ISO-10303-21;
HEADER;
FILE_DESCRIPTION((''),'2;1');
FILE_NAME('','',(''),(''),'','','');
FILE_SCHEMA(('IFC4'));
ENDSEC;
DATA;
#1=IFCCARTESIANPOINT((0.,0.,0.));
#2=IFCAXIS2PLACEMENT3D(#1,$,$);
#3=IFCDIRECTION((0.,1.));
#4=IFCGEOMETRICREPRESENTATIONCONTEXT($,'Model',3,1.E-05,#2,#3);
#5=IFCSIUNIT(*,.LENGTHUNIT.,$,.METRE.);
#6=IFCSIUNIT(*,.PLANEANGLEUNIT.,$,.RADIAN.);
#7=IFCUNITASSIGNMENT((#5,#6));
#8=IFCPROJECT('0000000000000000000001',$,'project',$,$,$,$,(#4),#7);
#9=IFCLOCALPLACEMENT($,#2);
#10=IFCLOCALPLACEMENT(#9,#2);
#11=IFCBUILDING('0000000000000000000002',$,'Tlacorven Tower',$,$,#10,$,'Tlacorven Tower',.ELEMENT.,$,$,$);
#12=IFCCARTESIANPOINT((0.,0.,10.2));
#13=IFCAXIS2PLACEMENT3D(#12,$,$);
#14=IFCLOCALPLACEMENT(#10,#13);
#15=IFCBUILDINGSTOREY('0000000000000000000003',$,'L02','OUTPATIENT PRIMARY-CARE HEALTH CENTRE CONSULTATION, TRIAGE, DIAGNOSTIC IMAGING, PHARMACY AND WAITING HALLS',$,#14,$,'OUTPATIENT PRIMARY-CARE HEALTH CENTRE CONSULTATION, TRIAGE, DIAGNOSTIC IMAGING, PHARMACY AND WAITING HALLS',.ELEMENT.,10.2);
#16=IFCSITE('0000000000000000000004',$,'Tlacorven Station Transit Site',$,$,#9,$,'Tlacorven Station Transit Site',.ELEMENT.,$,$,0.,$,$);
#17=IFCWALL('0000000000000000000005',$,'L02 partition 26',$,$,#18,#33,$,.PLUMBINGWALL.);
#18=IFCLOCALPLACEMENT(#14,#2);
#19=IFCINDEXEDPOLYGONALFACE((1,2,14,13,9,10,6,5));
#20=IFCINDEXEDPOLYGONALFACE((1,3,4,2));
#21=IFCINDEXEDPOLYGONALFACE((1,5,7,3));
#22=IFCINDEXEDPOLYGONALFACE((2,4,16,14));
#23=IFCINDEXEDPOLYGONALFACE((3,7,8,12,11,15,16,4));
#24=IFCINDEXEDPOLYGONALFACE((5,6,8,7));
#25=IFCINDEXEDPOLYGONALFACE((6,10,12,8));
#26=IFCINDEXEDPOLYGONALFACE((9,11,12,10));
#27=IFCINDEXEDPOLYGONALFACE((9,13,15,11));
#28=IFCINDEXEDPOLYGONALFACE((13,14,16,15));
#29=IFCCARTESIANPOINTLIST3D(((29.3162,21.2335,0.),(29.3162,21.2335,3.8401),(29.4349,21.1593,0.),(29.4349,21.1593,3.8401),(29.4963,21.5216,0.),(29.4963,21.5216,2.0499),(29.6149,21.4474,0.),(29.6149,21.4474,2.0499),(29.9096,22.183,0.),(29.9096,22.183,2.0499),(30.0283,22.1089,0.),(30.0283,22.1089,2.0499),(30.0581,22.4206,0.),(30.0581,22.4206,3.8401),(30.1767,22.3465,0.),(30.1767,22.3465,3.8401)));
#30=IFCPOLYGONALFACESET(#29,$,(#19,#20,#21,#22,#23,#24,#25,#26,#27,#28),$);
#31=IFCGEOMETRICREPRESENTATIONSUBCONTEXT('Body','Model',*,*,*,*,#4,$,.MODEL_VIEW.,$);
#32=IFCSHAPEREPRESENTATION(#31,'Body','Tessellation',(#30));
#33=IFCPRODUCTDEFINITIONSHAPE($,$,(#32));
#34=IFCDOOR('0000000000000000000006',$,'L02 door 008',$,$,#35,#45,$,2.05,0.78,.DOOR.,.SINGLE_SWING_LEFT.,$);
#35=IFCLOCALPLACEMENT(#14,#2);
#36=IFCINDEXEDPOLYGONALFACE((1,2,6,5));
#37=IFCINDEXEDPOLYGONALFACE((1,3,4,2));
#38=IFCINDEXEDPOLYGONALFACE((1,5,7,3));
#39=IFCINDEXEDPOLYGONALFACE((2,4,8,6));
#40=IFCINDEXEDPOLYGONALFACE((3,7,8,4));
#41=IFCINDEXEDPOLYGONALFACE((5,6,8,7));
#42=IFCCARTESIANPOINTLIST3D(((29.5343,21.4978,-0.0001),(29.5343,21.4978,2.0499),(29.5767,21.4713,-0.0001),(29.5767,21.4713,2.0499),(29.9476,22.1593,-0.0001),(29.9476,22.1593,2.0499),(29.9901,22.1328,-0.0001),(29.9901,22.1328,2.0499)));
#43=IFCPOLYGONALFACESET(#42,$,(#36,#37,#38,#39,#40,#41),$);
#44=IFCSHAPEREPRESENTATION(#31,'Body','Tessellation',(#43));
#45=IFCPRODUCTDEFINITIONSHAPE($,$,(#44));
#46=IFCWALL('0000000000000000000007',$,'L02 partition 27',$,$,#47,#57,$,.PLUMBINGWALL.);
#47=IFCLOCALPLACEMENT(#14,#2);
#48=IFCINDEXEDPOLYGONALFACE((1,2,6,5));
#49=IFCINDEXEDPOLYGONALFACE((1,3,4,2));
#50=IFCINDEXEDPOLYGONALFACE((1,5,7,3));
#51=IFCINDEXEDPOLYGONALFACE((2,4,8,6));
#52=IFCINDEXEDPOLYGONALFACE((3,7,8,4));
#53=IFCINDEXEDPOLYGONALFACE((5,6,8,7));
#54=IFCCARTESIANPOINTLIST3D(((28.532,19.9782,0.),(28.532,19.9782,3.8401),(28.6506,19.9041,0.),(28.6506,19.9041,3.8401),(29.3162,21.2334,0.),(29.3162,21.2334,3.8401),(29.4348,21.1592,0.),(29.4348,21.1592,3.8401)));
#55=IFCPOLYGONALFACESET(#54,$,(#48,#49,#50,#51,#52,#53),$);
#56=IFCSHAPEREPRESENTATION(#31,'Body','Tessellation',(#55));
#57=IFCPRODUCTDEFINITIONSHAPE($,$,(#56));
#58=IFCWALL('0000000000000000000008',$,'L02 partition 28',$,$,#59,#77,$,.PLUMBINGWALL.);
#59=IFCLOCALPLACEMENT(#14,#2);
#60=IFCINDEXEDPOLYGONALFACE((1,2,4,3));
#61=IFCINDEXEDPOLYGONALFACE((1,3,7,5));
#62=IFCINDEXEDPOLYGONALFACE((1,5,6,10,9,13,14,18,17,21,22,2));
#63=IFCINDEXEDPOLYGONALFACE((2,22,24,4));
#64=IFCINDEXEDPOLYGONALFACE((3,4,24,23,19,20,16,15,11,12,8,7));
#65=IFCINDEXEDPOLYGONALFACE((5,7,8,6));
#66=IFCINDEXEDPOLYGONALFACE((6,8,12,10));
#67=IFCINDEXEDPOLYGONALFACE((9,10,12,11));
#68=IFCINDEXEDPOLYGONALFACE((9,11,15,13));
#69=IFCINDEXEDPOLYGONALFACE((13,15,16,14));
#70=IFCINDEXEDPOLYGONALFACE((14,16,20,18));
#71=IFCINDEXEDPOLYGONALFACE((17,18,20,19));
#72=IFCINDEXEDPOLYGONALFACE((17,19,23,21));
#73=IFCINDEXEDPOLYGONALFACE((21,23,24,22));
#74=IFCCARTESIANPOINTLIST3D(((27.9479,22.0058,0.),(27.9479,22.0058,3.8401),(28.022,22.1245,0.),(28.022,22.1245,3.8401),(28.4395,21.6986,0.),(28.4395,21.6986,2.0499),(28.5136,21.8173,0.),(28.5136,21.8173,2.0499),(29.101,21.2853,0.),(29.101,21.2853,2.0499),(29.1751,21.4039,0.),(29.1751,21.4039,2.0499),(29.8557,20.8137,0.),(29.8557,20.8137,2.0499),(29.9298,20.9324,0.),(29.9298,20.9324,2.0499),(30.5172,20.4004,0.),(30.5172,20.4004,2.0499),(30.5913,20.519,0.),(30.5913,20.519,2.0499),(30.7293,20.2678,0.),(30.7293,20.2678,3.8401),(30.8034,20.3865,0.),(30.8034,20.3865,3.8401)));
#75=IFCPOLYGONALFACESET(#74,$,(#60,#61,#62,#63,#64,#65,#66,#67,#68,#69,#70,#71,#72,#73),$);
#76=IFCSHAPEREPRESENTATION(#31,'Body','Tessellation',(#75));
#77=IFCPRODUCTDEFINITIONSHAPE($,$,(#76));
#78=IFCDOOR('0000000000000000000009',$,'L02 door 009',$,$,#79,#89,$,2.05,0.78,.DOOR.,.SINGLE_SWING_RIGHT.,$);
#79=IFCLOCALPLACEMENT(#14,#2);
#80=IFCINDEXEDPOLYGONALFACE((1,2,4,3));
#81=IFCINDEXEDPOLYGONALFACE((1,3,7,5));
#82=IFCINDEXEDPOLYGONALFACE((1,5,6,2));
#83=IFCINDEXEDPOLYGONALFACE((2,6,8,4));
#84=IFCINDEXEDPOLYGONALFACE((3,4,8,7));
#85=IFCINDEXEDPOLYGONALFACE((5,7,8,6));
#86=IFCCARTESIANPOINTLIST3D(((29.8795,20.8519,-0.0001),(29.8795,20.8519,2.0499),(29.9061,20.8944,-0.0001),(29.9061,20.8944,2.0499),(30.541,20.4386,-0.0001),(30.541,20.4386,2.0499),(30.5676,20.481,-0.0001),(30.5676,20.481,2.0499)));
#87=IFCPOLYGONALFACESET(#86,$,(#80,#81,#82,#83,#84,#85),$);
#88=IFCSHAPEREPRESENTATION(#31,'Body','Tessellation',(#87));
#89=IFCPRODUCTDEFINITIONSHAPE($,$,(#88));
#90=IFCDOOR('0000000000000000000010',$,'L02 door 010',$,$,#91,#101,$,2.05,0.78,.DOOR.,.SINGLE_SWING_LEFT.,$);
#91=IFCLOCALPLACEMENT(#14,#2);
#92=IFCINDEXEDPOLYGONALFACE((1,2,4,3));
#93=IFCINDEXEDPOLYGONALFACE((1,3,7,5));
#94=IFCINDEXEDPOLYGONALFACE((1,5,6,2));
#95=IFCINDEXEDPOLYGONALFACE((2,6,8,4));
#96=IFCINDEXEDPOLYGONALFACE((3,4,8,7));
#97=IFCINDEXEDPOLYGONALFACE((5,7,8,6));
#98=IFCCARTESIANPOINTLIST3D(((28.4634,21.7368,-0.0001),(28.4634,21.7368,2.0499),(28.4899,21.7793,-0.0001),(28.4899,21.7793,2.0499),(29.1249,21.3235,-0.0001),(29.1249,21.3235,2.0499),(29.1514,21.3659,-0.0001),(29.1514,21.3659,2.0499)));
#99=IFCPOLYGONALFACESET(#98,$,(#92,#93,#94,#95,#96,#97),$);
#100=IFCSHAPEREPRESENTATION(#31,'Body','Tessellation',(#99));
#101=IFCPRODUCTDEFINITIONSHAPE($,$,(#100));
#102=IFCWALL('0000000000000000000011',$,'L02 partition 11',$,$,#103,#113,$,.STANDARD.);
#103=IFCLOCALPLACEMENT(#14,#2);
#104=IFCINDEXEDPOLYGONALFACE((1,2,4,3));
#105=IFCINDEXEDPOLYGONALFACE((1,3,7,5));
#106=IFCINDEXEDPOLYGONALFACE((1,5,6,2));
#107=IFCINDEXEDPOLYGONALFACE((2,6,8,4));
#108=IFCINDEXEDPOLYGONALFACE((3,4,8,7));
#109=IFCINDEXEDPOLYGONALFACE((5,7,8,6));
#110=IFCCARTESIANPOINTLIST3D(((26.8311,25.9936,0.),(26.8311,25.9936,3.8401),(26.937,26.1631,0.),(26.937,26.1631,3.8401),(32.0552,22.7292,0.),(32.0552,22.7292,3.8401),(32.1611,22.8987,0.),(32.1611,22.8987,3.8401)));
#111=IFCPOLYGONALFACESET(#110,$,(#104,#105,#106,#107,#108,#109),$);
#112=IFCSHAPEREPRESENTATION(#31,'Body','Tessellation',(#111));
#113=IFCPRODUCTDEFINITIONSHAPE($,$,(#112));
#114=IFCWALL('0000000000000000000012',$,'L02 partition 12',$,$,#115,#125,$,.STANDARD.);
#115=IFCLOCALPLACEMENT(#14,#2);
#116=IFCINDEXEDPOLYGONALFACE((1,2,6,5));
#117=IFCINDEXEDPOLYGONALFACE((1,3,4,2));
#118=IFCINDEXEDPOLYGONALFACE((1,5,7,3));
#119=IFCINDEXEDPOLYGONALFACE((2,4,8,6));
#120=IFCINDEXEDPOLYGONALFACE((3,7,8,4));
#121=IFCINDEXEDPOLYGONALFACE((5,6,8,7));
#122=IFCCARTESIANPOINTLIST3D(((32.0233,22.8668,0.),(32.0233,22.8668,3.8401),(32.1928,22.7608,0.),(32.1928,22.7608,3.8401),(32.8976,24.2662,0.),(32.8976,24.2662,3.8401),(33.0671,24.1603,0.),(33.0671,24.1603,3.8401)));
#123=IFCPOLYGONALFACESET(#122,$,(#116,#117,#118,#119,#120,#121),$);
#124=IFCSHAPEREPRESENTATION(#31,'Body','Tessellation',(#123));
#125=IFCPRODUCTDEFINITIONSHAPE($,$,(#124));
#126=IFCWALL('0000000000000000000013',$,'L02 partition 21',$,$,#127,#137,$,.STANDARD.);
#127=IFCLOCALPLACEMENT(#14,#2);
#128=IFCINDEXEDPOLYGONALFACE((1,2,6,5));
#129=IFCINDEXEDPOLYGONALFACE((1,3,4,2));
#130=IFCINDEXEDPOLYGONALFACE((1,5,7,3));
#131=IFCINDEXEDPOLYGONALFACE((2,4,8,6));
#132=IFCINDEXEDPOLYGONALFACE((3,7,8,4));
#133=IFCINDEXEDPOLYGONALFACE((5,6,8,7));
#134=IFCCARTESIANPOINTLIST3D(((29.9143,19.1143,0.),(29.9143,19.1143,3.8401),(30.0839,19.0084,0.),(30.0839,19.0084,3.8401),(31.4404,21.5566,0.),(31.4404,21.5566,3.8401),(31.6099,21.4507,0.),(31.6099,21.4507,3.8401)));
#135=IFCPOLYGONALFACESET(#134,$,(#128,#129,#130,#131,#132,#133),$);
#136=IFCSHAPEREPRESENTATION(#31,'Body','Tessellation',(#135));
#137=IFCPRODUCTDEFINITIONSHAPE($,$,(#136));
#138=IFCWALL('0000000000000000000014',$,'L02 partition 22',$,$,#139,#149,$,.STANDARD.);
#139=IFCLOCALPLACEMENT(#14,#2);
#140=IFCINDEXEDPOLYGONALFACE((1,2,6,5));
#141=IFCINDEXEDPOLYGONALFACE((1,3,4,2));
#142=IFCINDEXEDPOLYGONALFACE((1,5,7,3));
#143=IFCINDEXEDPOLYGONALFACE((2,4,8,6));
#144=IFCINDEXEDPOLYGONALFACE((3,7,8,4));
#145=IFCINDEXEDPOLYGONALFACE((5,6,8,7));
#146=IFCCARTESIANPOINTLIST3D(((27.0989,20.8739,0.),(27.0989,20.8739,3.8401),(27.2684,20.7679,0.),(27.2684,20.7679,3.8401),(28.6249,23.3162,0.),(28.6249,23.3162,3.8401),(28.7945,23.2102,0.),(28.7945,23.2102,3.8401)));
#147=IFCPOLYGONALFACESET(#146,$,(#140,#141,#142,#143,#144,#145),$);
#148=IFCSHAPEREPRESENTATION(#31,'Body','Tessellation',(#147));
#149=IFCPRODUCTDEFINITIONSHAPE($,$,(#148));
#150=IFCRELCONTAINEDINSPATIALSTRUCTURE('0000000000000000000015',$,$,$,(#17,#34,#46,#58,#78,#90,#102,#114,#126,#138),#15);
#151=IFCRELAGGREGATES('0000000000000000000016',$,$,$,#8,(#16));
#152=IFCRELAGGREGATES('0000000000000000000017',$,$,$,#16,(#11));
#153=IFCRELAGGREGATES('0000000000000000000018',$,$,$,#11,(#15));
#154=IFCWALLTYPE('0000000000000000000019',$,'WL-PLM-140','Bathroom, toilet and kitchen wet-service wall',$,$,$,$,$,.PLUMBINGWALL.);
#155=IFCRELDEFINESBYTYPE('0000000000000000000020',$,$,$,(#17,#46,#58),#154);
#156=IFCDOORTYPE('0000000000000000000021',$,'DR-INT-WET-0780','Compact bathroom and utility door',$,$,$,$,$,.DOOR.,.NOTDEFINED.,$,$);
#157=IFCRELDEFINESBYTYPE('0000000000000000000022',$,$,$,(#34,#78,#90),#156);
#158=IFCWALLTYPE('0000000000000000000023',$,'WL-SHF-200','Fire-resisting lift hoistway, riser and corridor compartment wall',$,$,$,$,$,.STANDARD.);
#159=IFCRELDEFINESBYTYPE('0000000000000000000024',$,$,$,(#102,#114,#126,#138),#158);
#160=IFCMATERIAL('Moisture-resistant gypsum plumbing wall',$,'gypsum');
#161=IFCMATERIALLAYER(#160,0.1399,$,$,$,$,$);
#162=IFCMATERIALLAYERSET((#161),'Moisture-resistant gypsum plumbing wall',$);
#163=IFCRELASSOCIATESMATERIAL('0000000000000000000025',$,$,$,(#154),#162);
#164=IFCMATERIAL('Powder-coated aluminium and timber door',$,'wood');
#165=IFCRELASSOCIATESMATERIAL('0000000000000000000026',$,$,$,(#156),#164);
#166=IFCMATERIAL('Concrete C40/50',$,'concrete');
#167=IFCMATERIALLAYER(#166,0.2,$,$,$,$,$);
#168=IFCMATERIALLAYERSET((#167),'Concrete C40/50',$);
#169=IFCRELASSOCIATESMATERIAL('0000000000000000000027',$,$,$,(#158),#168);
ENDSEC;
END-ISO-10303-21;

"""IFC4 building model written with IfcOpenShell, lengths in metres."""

from ifc_helpers import new_model, si_unit, direction, frame, frame_2d, origin, place, context, subcontext, project, spatial, rectangle, extrude, source, transform, mapped, material, layer, layer_set, type_object, element, fill, save


model = new_model("IFC4")

# Units and contexts
model_context = context("Model", 3, precision=1e-05, world=origin(), true_north=direction((0.0, 1.0)))
body_context = subcontext(model_context, "Body", "Model", "MODEL_VIEW")
ifc_project = project(units=[si_unit("LENGTHUNIT", "METRE"), si_unit("PLANEANGLEUNIT", "RADIAN")], contexts=[model_context])

# Site, building, storey
site_placement = place(None, origin())
site = spatial("IfcSite", under=ifc_project, at=site_placement, Name="Tlacorven Station Transit Site", LongName="Tlacorven Station Transit Site", CompositionType="ELEMENT", RefElevation=0.0)
building_placement = place(site_placement, origin())
building = spatial("IfcBuilding", under=site, at=building_placement, Name="Tlacorven Tower", LongName="Tlacorven Tower", CompositionType="ELEMENT")
storey_placement = place(building_placement, frame((0.0, 0.0, 10.2)))
storey = spatial("IfcBuildingStorey", under=building, at=storey_placement, Name="L02", Description="OUTPATIENT PRIMARY-CARE HEALTH CENTRE CONSULTATION, TRIAGE, DIAGNOSTIC IMAGING, PHARMACY AND WAITING HALLS", LongName="OUTPATIENT PRIMARY-CARE HEALTH CENTRE CONSULTATION, TRIAGE, DIAGNOSTIC IMAGING, PHARMACY AND WAITING HALLS", CompositionType="ELEMENT", Elevation=10.2)

# Wall, opening, door
ifc_material_1 = material(Name="Moisture-resistant gypsum plumbing wall", Category="gypsum")
ifc_layer_1 = layer(ifc_material_1, 0.1399)
ifc_layer_set_1 = layer_set([ifc_layer_1], Name="Moisture-resistant gypsum plumbing wall")
wall_type_1 = type_object("IfcWallType", Name="WL-PLM-140", Description="Bathroom, toilet and kitchen wet-service wall", PredefinedType="PLUMBINGWALL", material=ifc_layer_set_1)
wall_1_placement = place(storey_placement, frame((30.1174, 22.3835, 0.0), z_axis=(0.0, 0.0, 1.0), x_axis=(-0.529952, -0.848028, 0.0)))
wall_1 = element("IfcWall", 1, at=wall_1_placement, inside=storey, type_object=wall_type_1, Name="L02 partition 26", PredefinedType="PLUMBINGWALL", context=body_context, shape_type="SweptSolid", body=[
    extrude(rectangle(XDim=1.3999, YDim=0.1399, at=frame_2d((0.7, 0.0))), origin(), (0.0, 0.0, 1.0), 3.8401),
])
opening_1_placement = place(wall_1_placement, frame((0.28, 0.0, 0.0)))
opening_1 = element("IfcOpeningElement", 2, at=opening_1_placement, cuts=wall_1, PredefinedType="OPENING", context=body_context, shape_type="SweptSolid", body=[
    extrude(rectangle(XDim=0.78, YDim=2.05, at=frame_2d((0.3901, 1.0249))), frame((0.0, 0.0801, 0.0), z_axis=(0.0, -1.0, 0.0), x_axis=(1.0, 0.0, 0.0)), (0.0, 0.0, 1.0), 0.1599),
])
ifc_material_2 = material(Name="Powder-coated aluminium and timber door", Category="wood")
door_type_1 = type_object("IfcDoorType", Name="DR-INT-WET-0780", Description="Compact bathroom and utility door", OperationType="NOTDEFINED", PredefinedType="DOOR", material=ifc_material_2)
shared_shape_1 = source(origin(), body_context, "Body", "SweptSolid", [
    extrude(rectangle(XDim=0.78, YDim=2.05, at=frame_2d((0.3901, 1.0249))), frame((0.0, 0.0249, 0.0), z_axis=(0.0, -1.0, 0.0), x_axis=(1.0, 0.0, 0.0)), (0.0, 0.0, 1.0), 0.05),
])
door_1_placement = place(opening_1_placement, origin())
door_1 = element("IfcDoor", 3, at=door_1_placement, inside=storey, type_object=door_type_1, Name="L02 door 008", OperationType="SINGLE_SWING_LEFT", OverallHeight=2.05, OverallWidth=0.78, PredefinedType="DOOR", context=body_context, shape_type="MappedRepresentation", body=[
    mapped(shared_shape_1, transform((0.0, 0.0, 0.0), scale=1.0)),
])
fill(opening_1, door_1)

# Wall
wall_2_placement = place(storey_placement, frame((29.3755, 21.1963, 0.0), z_axis=(0.0, 0.0, 1.0), x_axis=(-0.529865, -0.848082, 0.0)))
element("IfcWall", 4, at=wall_2_placement, inside=storey, type_object=wall_type_1, Name="L02 partition 27", PredefinedType="PLUMBINGWALL", context=body_context, shape_type="SweptSolid", body=[
    extrude(rectangle(XDim=1.48, YDim=0.1399, at=frame_2d((0.74, 0.0))), origin(), (0.0, 0.0, 1.0), 3.8401),
])

# Wall, openings, doors
wall_3_placement = place(storey_placement, frame((30.7664, 20.3271, 0.0), z_axis=(0.0, 0.0, 1.0), x_axis=(-0.848053, 0.529912, 0.0)))
wall_3 = element("IfcWall", 5, at=wall_3_placement, inside=storey, type_object=wall_type_1, Name="L02 partition 28", PredefinedType="PLUMBINGWALL", context=body_context, shape_type="SweptSolid", body=[
    extrude(rectangle(XDim=3.2798, YDim=0.1399, at=frame_2d((1.6399, 0.0))), origin(), (0.0, 0.0, 1.0), 3.8401),
])
opening_2_placement = place(wall_3_placement, frame((0.25, 0.0, 0.0)))
opening_2 = element("IfcOpeningElement", 6, at=opening_2_placement, cuts=wall_3, PredefinedType="OPENING", context=body_context, shape_type="SweptSolid", body=[
    extrude(rectangle(XDim=0.78, YDim=2.05, at=frame_2d((0.3901, 1.0249))), frame((0.0, 0.0801, 0.0), z_axis=(0.0, -1.0, 0.0), x_axis=(1.0, 0.0, 0.0)), (0.0, 0.0, 1.0), 0.1599),
])
opening_3_placement = place(wall_3_placement, frame((1.9199, 0.0, 0.0)))
opening_3 = element("IfcOpeningElement", 7, at=opening_3_placement, cuts=wall_3, PredefinedType="OPENING", context=body_context, shape_type="SweptSolid", body=[
    extrude(rectangle(XDim=0.78, YDim=2.05, at=frame_2d((0.3901, 1.0249))), frame((0.0, 0.0801, 0.0), z_axis=(0.0, -1.0, 0.0), x_axis=(1.0, 0.0, 0.0)), (0.0, 0.0, 1.0), 0.1599),
])
door_2_placement = place(opening_2_placement, origin())
door_2 = element("IfcDoor", 8, at=door_2_placement, inside=storey, type_object=door_type_1, Name="L02 door 009", OperationType="SINGLE_SWING_RIGHT", OverallHeight=2.05, OverallWidth=0.78, PredefinedType="DOOR", context=body_context, shape_type="MappedRepresentation", body=[
    mapped(shared_shape_1, transform((0.0, 0.0, 0.0), scale=1.0)),
])
fill(opening_2, door_2)
door_3_placement = place(opening_3_placement, origin())
door_3 = element("IfcDoor", 9, at=door_3_placement, inside=storey, type_object=door_type_1, Name="L02 door 010", OperationType="SINGLE_SWING_LEFT", OverallHeight=2.05, OverallWidth=0.78, PredefinedType="DOOR", context=body_context, shape_type="MappedRepresentation", body=[
    mapped(shared_shape_1, transform((0.0, 0.0, 0.0), scale=1.0)),
])
fill(opening_3, door_3)

# Walls
ifc_material_3 = material(Name="Concrete C40/50", Category="concrete")
ifc_layer_2 = layer(ifc_material_3, 0.2)
ifc_layer_set_2 = layer_set([ifc_layer_2], Name="Concrete C40/50")
wall_type_2 = type_object("IfcWallType", Name="WL-SHF-200", Description="Fire-resisting lift hoistway, riser and corridor compartment wall", PredefinedType="STANDARD", material=ifc_layer_set_2)
wall_4_placement = place(storey_placement, frame((32.1082, 22.814, 0.0), z_axis=(0.0, 0.0, 1.0), x_axis=(-0.848047, 0.529921, 0.0)))
element("IfcWall", 10, at=wall_4_placement, inside=storey, type_object=wall_type_2, Name="L02 partition 11", PredefinedType="STANDARD", context=body_context, shape_type="SweptSolid", body=[
    extrude(rectangle(XDim=6.1602, YDim=0.2, at=frame_2d((3.0801, 0.0))), origin(), (0.0, 0.0, 1.0), 3.8401),
])
wall_5_placement = place(storey_placement, frame((32.9824, 24.2134, 0.0), z_axis=(0.0, 0.0, 1.0), x_axis=(-0.529839, -0.848098, 0.0)))
element("IfcWall", 11, at=wall_5_placement, inside=storey, type_object=wall_type_2, Name="L02 partition 12", PredefinedType="STANDARD", context=body_context, shape_type="SweptSolid", body=[
    extrude(rectangle(XDim=1.6501, YDim=0.2, at=frame_2d((0.8252, 0.0))), origin(), (0.0, 0.0, 1.0), 3.8401),
])
for number, where, z_axis, x_axis, name in (
    (12, (31.5251, 21.5037, 0.0), (0.0, 0.0, 1.0), (-0.529907, -0.848055, 0.0), "L02 partition 21"),
    (13, (28.7097, 23.2632, 0.0), (0.0, 0.0, 1.0), (-0.529907, -0.848055, 0.0), "L02 partition 22"),
):
    element("IfcWall", number, at=place(storey_placement, frame(where, z_axis=z_axis, x_axis=x_axis)), inside=storey, type_object=wall_type_2, Name=name, PredefinedType="STANDARD", context=body_context, shape_type="SweptSolid", body=[
        extrude(rectangle(XDim=2.8799, YDim=0.2, at=frame_2d((1.4399, 0.0))), origin(), (0.0, 0.0, 1.0), 3.8401),
    ])

save(model, "model.ifc")
